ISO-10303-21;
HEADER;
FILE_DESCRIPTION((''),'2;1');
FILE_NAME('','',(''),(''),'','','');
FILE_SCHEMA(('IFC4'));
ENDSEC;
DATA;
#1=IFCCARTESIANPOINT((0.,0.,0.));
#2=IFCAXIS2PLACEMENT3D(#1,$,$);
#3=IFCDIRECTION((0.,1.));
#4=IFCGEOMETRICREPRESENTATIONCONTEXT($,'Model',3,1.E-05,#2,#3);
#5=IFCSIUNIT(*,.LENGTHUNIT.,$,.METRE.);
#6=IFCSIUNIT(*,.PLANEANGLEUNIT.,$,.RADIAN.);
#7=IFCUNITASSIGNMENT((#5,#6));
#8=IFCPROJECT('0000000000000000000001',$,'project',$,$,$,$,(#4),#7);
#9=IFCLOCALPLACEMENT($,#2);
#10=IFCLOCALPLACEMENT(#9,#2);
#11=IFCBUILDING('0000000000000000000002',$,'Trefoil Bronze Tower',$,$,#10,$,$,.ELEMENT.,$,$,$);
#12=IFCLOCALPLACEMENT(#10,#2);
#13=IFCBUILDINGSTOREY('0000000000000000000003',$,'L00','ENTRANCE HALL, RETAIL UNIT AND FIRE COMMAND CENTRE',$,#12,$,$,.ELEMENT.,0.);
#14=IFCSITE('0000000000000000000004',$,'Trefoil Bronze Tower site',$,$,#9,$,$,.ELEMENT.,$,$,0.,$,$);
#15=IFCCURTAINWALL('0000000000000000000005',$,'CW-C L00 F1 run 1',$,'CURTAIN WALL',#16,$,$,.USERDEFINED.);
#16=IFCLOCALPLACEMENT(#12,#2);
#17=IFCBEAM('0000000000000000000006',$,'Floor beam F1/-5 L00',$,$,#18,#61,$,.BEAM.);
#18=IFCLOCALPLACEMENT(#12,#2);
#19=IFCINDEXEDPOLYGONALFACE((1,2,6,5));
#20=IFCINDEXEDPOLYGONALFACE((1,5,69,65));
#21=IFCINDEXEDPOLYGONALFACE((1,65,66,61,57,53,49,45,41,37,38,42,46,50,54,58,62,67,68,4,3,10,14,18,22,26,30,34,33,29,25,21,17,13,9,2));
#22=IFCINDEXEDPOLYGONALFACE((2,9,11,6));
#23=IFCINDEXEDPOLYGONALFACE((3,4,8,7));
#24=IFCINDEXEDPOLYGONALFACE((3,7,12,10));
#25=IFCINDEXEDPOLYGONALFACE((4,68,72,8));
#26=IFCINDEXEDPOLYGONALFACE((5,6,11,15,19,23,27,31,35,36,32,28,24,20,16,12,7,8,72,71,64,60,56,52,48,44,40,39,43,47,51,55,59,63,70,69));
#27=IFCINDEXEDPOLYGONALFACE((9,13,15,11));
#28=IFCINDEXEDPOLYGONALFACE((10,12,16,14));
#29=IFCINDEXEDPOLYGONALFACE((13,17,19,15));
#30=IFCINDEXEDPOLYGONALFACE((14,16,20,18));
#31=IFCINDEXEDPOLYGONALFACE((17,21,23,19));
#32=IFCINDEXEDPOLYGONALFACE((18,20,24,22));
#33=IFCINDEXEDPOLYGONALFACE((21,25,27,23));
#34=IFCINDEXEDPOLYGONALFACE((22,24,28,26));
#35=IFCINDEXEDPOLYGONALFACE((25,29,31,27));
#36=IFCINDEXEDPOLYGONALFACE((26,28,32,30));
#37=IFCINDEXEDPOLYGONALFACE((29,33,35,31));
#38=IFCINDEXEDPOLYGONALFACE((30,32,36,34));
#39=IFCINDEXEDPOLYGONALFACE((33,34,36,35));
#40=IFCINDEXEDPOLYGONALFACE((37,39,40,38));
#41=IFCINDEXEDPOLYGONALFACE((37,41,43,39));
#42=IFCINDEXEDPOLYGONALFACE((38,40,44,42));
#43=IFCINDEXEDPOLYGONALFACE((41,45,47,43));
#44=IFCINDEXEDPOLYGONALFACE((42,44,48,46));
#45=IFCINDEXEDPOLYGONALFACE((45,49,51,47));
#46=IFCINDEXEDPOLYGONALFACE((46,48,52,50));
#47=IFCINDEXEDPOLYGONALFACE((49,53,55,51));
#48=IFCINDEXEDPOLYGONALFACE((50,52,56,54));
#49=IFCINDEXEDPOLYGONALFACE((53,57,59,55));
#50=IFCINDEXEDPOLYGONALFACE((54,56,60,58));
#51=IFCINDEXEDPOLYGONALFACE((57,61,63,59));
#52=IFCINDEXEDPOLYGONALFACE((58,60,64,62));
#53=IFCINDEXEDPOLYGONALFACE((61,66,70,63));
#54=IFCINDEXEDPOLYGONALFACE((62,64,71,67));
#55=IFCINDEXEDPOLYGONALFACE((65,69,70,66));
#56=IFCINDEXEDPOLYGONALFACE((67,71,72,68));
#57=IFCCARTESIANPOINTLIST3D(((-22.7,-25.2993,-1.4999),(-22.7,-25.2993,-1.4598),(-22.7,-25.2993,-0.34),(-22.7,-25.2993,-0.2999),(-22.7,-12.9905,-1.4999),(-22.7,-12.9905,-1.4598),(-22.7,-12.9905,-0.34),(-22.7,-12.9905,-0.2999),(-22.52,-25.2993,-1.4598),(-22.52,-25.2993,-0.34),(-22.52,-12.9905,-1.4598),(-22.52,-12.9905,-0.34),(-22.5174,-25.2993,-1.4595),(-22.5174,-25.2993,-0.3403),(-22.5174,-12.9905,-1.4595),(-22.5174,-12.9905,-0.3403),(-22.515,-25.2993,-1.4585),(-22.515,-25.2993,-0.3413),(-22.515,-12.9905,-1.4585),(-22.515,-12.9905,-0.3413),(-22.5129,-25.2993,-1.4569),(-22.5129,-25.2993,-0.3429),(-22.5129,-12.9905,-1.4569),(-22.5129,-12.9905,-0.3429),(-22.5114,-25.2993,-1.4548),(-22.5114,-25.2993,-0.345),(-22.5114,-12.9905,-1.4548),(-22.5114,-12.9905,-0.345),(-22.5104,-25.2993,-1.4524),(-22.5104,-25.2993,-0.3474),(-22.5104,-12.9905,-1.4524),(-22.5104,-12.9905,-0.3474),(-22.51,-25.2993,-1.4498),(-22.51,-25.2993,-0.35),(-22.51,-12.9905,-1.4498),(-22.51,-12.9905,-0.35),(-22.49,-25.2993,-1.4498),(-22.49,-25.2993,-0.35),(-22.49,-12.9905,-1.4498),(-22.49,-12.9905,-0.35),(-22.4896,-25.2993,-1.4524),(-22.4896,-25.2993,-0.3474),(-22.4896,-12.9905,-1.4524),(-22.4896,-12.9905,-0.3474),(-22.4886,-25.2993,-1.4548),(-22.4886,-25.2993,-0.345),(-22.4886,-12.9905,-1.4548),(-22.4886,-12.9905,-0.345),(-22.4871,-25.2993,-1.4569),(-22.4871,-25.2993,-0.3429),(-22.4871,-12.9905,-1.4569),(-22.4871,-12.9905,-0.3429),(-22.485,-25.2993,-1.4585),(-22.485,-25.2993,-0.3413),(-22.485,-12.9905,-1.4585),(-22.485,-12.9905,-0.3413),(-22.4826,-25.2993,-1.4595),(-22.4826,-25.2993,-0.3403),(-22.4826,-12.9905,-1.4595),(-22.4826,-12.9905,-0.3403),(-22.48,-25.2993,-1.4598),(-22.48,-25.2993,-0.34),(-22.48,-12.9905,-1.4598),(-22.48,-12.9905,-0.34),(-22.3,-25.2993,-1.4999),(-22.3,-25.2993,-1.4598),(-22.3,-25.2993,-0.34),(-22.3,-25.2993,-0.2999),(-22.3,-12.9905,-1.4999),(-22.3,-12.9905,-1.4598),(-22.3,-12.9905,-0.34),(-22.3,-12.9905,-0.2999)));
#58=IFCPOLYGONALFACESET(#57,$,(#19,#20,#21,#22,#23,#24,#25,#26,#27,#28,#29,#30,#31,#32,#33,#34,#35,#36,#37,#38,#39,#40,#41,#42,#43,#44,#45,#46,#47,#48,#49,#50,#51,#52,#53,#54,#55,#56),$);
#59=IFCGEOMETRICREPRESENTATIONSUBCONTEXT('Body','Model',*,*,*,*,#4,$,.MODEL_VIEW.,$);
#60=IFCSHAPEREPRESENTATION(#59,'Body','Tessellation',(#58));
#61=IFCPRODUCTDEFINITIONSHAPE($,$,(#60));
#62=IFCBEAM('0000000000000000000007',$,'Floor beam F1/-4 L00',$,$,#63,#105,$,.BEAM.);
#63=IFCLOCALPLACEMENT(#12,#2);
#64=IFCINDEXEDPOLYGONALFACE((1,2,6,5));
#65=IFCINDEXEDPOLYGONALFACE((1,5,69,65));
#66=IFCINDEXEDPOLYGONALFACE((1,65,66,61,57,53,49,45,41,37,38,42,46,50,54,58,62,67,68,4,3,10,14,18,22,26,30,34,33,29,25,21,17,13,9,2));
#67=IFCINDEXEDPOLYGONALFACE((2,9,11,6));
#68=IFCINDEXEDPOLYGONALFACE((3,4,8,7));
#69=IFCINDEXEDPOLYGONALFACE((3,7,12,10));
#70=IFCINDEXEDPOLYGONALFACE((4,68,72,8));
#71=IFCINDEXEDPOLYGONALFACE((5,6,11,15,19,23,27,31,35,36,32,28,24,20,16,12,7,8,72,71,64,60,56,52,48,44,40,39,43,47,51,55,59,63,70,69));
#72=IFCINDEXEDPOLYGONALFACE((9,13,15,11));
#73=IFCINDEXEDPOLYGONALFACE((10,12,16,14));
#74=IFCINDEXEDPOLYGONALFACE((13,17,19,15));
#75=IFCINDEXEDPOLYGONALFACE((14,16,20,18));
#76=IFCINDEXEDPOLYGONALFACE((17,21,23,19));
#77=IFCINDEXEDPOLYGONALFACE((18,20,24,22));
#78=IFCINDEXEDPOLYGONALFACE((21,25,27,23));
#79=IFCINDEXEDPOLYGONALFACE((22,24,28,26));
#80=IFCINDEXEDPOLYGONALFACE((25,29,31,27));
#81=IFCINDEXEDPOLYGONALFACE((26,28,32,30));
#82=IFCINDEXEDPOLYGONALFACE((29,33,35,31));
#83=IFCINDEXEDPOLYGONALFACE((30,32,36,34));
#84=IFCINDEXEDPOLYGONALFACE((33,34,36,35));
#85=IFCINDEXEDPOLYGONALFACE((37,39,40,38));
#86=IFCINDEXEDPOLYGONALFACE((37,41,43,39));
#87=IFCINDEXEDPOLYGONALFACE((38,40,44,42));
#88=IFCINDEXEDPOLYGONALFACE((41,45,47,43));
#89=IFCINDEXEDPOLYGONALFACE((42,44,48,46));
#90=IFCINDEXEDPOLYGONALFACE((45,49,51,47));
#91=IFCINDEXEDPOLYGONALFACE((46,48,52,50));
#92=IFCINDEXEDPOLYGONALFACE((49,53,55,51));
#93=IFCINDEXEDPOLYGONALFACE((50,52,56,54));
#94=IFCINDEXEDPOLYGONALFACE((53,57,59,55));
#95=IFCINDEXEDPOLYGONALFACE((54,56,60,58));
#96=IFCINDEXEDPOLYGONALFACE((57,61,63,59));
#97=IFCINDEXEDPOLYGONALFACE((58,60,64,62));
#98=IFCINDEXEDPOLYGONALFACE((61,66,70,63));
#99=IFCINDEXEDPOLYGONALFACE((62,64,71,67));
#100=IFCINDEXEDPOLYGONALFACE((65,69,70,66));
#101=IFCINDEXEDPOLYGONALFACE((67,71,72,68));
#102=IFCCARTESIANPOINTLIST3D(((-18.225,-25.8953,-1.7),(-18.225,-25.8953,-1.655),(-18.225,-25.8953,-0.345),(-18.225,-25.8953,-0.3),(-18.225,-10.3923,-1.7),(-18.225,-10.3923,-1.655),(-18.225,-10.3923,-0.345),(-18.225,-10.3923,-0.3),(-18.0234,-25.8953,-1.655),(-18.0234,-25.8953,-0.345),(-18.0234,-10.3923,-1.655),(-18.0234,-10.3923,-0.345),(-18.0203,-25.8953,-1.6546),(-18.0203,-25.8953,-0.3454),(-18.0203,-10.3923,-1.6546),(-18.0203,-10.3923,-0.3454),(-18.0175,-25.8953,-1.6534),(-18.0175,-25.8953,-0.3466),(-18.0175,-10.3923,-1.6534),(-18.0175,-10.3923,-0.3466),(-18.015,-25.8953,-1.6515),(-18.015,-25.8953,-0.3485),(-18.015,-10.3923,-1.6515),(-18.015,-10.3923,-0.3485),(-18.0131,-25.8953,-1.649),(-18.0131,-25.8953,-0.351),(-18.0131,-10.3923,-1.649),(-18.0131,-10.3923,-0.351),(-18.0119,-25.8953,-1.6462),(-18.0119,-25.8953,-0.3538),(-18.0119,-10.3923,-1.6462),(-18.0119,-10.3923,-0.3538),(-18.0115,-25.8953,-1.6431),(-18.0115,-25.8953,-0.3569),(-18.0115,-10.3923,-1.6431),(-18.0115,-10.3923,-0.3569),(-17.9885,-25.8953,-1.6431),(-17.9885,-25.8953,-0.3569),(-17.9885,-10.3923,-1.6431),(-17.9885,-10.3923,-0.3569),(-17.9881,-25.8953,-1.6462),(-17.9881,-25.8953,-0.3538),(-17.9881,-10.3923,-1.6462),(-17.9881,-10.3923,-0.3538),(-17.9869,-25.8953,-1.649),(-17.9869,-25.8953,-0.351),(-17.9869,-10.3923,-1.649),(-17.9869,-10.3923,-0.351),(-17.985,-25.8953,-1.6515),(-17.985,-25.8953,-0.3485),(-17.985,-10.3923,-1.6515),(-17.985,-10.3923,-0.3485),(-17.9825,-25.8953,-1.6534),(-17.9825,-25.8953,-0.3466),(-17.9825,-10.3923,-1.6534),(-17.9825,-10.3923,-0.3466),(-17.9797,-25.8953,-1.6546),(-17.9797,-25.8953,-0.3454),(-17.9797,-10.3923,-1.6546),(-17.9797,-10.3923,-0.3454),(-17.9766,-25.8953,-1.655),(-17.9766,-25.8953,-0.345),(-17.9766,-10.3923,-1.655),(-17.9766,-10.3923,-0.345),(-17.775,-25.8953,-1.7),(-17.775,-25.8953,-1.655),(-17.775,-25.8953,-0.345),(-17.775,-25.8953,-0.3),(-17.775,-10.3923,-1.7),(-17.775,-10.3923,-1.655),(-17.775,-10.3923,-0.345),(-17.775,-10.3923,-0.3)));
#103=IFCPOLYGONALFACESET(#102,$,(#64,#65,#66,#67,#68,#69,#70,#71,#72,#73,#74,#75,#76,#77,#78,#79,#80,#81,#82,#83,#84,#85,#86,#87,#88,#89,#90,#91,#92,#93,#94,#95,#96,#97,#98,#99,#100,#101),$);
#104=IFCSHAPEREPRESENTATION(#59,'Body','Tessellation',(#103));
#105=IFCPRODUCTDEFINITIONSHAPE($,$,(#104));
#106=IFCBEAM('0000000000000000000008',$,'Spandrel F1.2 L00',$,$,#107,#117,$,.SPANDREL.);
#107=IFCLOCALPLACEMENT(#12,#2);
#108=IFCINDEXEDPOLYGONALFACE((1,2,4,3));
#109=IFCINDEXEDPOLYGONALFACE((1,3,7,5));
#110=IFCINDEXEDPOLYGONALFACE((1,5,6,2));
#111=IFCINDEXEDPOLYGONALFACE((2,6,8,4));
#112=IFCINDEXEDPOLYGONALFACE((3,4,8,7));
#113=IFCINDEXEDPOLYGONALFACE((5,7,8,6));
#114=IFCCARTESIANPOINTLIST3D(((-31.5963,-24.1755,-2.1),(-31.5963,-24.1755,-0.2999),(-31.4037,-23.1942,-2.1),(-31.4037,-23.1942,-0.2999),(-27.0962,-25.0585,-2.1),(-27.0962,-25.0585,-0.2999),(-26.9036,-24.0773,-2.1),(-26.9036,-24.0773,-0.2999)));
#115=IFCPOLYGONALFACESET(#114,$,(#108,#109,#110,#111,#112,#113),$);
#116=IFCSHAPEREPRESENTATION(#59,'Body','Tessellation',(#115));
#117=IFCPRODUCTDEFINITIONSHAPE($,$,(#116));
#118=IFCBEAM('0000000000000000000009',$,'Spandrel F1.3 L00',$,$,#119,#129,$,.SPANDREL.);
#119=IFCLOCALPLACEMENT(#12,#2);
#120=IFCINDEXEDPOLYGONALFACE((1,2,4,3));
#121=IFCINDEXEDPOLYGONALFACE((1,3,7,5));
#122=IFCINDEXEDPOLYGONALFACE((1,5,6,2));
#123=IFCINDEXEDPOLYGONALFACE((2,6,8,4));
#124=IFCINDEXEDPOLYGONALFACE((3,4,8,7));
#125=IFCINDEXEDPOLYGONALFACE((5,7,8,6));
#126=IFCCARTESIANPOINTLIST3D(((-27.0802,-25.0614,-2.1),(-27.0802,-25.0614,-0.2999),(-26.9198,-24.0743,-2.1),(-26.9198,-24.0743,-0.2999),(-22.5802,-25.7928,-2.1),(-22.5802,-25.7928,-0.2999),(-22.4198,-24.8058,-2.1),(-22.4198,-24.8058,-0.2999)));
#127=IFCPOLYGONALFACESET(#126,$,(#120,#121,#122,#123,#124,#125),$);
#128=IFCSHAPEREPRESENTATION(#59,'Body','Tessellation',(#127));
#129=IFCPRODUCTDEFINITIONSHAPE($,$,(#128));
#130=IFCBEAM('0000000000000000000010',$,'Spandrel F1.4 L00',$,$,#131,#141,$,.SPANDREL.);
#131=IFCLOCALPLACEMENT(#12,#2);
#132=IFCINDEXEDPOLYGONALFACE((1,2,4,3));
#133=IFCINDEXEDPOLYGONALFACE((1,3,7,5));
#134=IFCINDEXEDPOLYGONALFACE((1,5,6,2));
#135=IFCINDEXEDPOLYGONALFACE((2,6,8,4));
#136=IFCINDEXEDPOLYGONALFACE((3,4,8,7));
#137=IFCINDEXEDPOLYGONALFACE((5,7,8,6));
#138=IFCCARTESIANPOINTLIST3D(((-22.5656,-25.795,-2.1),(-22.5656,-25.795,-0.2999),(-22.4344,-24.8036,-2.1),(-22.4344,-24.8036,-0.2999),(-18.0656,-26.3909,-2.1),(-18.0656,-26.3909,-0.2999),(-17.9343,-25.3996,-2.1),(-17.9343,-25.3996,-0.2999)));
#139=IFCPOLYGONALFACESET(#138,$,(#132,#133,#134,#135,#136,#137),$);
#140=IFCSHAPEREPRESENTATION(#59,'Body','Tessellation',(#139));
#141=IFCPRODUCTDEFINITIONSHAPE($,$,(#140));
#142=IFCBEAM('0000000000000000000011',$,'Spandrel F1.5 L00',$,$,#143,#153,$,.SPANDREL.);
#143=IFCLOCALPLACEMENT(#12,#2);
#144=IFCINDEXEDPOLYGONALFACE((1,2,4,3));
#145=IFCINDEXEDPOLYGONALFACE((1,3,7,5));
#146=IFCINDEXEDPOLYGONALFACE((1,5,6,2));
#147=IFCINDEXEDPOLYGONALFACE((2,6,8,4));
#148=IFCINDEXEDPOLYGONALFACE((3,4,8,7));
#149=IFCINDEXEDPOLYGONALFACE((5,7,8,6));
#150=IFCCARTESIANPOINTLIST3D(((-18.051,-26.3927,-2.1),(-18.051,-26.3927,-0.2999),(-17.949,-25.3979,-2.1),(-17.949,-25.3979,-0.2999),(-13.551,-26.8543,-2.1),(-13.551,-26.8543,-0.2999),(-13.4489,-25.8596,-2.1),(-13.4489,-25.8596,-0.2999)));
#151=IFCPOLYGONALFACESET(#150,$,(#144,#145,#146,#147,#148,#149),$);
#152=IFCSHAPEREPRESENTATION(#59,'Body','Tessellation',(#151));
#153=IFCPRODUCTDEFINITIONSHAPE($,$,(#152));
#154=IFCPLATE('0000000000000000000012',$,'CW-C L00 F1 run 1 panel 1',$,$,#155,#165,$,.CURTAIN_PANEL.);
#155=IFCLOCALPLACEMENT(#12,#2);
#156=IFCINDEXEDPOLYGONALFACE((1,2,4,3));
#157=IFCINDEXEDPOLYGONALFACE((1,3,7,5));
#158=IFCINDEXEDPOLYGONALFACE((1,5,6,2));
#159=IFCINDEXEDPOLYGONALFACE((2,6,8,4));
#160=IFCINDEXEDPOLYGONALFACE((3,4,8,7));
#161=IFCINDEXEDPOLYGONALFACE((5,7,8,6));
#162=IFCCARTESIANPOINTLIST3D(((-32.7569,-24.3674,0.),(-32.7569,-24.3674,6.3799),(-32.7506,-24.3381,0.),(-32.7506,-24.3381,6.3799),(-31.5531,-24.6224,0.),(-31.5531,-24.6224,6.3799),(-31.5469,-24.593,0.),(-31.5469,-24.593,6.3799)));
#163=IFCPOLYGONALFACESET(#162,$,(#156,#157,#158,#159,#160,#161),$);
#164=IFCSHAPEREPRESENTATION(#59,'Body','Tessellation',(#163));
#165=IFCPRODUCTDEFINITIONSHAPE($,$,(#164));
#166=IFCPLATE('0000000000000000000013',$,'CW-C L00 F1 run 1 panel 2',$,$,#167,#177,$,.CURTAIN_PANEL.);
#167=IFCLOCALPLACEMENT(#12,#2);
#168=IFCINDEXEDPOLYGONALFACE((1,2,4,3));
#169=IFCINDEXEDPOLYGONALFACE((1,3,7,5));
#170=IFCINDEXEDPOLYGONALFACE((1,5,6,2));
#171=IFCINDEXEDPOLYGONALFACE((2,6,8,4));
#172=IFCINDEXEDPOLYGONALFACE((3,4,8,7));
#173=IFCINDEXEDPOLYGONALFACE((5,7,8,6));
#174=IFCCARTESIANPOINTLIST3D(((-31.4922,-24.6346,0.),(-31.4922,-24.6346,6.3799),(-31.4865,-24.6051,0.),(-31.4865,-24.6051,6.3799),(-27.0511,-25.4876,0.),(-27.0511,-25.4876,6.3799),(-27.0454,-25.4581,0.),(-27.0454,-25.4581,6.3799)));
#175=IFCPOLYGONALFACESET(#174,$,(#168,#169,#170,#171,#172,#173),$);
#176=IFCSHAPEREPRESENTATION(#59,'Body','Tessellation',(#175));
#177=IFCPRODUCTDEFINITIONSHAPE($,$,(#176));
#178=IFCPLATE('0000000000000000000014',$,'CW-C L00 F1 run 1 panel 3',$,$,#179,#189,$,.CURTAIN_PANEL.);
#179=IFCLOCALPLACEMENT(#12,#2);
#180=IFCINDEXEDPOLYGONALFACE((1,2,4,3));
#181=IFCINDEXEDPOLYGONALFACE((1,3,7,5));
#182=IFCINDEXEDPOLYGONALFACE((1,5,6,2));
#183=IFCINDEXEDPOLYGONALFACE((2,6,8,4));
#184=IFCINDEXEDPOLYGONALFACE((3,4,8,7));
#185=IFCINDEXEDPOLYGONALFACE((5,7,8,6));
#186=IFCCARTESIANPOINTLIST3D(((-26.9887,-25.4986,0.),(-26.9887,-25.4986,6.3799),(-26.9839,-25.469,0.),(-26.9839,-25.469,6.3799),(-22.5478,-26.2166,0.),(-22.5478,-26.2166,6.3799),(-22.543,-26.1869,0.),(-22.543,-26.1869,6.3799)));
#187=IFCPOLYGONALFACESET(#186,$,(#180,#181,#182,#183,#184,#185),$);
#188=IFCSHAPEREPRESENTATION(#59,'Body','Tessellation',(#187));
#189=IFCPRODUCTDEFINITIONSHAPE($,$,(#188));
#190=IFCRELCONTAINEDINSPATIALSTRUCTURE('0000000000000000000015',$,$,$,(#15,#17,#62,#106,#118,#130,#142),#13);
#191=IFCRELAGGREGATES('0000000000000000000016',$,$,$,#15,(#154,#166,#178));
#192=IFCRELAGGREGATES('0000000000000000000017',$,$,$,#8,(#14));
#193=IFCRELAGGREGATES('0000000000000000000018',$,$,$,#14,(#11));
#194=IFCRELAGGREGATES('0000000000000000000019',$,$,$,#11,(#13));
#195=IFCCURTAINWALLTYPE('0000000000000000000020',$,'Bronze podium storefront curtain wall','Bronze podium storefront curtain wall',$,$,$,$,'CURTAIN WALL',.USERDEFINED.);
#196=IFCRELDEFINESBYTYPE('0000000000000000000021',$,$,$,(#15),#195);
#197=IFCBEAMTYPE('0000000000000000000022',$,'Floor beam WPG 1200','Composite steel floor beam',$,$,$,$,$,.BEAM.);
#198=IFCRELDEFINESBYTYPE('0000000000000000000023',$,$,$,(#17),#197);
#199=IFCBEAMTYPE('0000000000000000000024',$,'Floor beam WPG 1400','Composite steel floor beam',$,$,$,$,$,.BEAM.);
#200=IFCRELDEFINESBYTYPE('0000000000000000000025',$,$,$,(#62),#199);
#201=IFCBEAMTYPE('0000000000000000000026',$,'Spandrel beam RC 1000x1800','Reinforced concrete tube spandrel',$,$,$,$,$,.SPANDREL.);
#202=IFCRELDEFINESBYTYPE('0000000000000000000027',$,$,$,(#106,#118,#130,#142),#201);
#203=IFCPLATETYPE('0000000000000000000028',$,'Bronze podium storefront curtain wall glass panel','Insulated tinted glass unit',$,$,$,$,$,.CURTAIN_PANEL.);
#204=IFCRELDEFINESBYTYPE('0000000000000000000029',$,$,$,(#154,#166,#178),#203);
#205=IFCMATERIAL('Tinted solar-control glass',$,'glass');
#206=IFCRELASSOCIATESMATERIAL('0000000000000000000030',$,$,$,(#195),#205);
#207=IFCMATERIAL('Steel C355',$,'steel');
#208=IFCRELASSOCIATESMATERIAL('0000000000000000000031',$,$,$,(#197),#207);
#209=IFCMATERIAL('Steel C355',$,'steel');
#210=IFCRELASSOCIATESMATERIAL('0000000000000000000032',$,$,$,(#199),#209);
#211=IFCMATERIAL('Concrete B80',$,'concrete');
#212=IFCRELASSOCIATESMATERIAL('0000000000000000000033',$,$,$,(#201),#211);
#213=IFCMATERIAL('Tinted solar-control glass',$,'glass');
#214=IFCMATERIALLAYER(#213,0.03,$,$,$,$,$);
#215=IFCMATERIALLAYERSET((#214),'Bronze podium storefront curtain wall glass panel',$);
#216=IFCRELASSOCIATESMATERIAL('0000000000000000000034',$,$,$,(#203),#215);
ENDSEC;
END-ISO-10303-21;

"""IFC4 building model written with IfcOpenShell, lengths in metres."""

from ifc_helpers import new_model, si_unit, direction, frame, origin, origin_2d, place, context, subcontext, project, spatial, rectangle, i_section, extrude, material, layer, layer_set, material_profile, profile_set, type_object, element, aggregate, save


model = new_model("IFC4")

# Units and contexts
model_context = context("Model", 3, precision=1e-05, world=origin(), true_north=direction((0.0, 1.0)))
body_context = subcontext(model_context, "Body", "Model", "MODEL_VIEW")
ifc_project = project(units=[si_unit("LENGTHUNIT", "METRE"), si_unit("PLANEANGLEUNIT", "RADIAN")], contexts=[model_context])

# Site, building, storey
site_placement = place(None, origin())
site = spatial("IfcSite", under=ifc_project, at=site_placement, Name="Trefoil Bronze Tower site", CompositionType="ELEMENT", RefElevation=0.0)
building_placement = place(site_placement, origin())
building = spatial("IfcBuilding", under=site, at=building_placement, Name="Trefoil Bronze Tower", CompositionType="ELEMENT")
storey_placement = place(building_placement, origin())
storey = spatial("IfcBuildingStorey", under=building, at=storey_placement, Name="L00", Description="ENTRANCE HALL, RETAIL UNIT AND FIRE COMMAND CENTRE", CompositionType="ELEMENT", Elevation=0.0)

# Curtain wall
ifc_material_1 = material(Name="Tinted solar-control glass", Category="glass")
curtain_wall_type_1 = type_object("IfcCurtainWallType", Name="Bronze podium storefront curtain wall", Description="Bronze podium storefront curtain wall", ElementType="CURTAIN WALL", PredefinedType="USERDEFINED", material=ifc_material_1)
curtain_wall_1_placement = place(storey_placement, origin())
curtain_wall_1 = element("IfcCurtainWall", 1, at=curtain_wall_1_placement, inside=storey, type_object=curtain_wall_type_1, Name="CW-C L00 F1 run 1", ObjectType="CURTAIN WALL", PredefinedType="USERDEFINED")

# Beams
ifc_material_2 = material(Name="Steel C355", Category="steel")
ifc_material_profile_1 = material_profile(ifc_material_2, i_section(OverallWidth=0.3999, OverallDepth=1.2, WebThickness=0.02, FlangeThickness=0.04, FilletRadius=0.01, at=origin_2d()), Name="WPG 1200")
ifc_profile_set_1 = profile_set([ifc_material_profile_1], Name="Steel C355")
beam_type_1 = type_object("IfcBeamType", Name="Floor beam WPG 1200", Description="Composite steel floor beam", PredefinedType="BEAM", material=ifc_profile_set_1)
beam_1_placement = place(storey_placement, frame((-22.5, -25.2993, -0.8999), z_axis=(0.0, 1.0, 0.0), x_axis=(-1.0, 0.0, 0.0)))
element("IfcBeam", 2, at=beam_1_placement, inside=storey, type_object=beam_type_1, Name="Floor beam F1/-5 L00", PredefinedType="BEAM", context=body_context, shape_type="SweptSolid", body=[
    extrude(i_section(OverallWidth=0.3999, OverallDepth=1.2, WebThickness=0.02, FlangeThickness=0.04, FilletRadius=0.01, at=origin_2d()), origin(), (0.0, 0.0, 1.0), 12.3088),
])
ifc_material_3 = material(Name="Steel C355", Category="steel")
ifc_material_profile_2 = material_profile(ifc_material_3, i_section(OverallWidth=0.45, OverallDepth=1.3999, WebThickness=0.0229, FlangeThickness=0.0449, FilletRadius=0.012, at=origin_2d()), Name="WPG 1400")
ifc_profile_set_2 = profile_set([ifc_material_profile_2], Name="Steel C355")
beam_type_2 = type_object("IfcBeamType", Name="Floor beam WPG 1400", Description="Composite steel floor beam", PredefinedType="BEAM", material=ifc_profile_set_2)
beam_2_placement = place(storey_placement, frame((-18.0, -25.8953, -1.0), z_axis=(0.0, 1.0, 0.0), x_axis=(-1.0, 0.0, 0.0)))
element("IfcBeam", 3, at=beam_2_placement, inside=storey, type_object=beam_type_2, Name="Floor beam F1/-4 L00", PredefinedType="BEAM", context=body_context, shape_type="SweptSolid", body=[
    extrude(i_section(OverallWidth=0.45, OverallDepth=1.3999, WebThickness=0.0229, FlangeThickness=0.0449, FilletRadius=0.012, at=origin_2d()), origin(), (0.0, 0.0, 1.0), 15.5029),
])
ifc_material_4 = material(Name="Concrete B80", Category="concrete")
ifc_material_profile_3 = material_profile(ifc_material_4, rectangle(XDim=1.0, YDim=1.8, at=origin_2d()), Name="RC 1000x1800")
ifc_profile_set_3 = profile_set([ifc_material_profile_3], Name="Concrete B80")
beam_type_3 = type_object("IfcBeamType", Name="Spandrel beam RC 1000x1800", Description="Reinforced concrete tube spandrel", PredefinedType="SPANDREL", material=ifc_profile_set_3)
beam_3_placement = place(storey_placement, frame((-31.5, -23.6848, -1.2), z_axis=(0.981285, -0.192562, 0.0), x_axis=(0.192562, 0.981285, 0.0)))
element("IfcBeam", 4, at=beam_3_placement, inside=storey, type_object=beam_type_3, Name="Spandrel F1.2 L00", PredefinedType="SPANDREL", context=body_context, shape_type="SweptSolid", body=[
    extrude(rectangle(XDim=1.0, YDim=1.8, at=origin_2d()), origin(), (0.0, 0.0, 1.0), 4.5859),
])
beam_4_placement = place(storey_placement, frame((-27.0, -24.5679, -1.2), z_axis=(0.987046, -0.160438, 0.0), x_axis=(0.160438, 0.987046, 0.0)))
element("IfcBeam", 5, at=beam_4_placement, inside=storey, type_object=beam_type_3, Name="Spandrel F1.3 L00", PredefinedType="SPANDREL", context=body_context, shape_type="SweptSolid", body=[
    extrude(rectangle(XDim=1.0, YDim=1.8, at=origin_2d()), origin(), (0.0, 0.0, 1.0), 4.5591),
])
beam_5_placement = place(storey_placement, frame((-22.5, -25.2993, -1.2), z_axis=(0.991344, -0.131286, 0.0), x_axis=(0.131286, 0.991344, 0.0)))
element("IfcBeam", 6, at=beam_5_placement, inside=storey, type_object=beam_type_3, Name="Spandrel F1.4 L00", PredefinedType="SPANDREL", context=body_context, shape_type="SweptSolid", body=[
    extrude(rectangle(XDim=1.0, YDim=1.8, at=origin_2d()), origin(), (0.0, 0.0, 1.0), 4.5393),
])
beam_6_placement = place(storey_placement, frame((-18.0, -25.8953, -1.2), z_axis=(0.994778, -0.102058, 0.0), x_axis=(0.102058, 0.994778, 0.0)))
element("IfcBeam", 7, at=beam_6_placement, inside=storey, type_object=beam_type_3, Name="Spandrel F1.5 L00", PredefinedType="SPANDREL", context=body_context, shape_type="SweptSolid", body=[
    extrude(rectangle(XDim=1.0, YDim=1.8, at=origin_2d()), origin(), (0.0, 0.0, 1.0), 4.5237),
])

# Plates
ifc_material_5 = material(Name="Tinted solar-control glass", Category="glass")
ifc_layer_1 = layer(ifc_material_5, 0.03)
ifc_layer_set_1 = layer_set([ifc_layer_1], Name="Bronze podium storefront curtain wall glass panel")
plate_type_1 = type_object("IfcPlateType", Name="Bronze podium storefront curtain wall glass panel", Description="Insulated tinted glass unit", PredefinedType="CURTAIN_PANEL", material=ifc_layer_set_1)
plate_1_placement = place(storey_placement, frame((-32.1519, -24.4802, 0.0), z_axis=(0.0, 0.0, 1.0), x_axis=(0.978303, -0.207181, 0.0)))
plate_1 = element("IfcPlate", 8, at=plate_1_placement, type_object=plate_type_1, Name="CW-C L00 F1 run 1 panel 1", PredefinedType="CURTAIN_PANEL", context=body_context, shape_type="SweptSolid", body=[
    extrude(rectangle(XDim=1.2305, YDim=0.03, at=origin_2d()), origin(), (0.0, 0.0, 1.0), 6.3799),
])
plate_2_placement = place(storey_placement, frame((-29.2688, -25.0464, 0.0), z_axis=(0.0, 0.0, 1.0), x_axis=(0.98205, -0.188622, 0.0)))
plate_2 = element("IfcPlate", 9, at=plate_2_placement, type_object=plate_type_1, Name="CW-C L00 F1 run 1 panel 2", PredefinedType="CURTAIN_PANEL", context=body_context, shape_type="SweptSolid", body=[
    extrude(rectangle(XDim=4.5222, YDim=0.03, at=origin_2d()), origin(), (0.0, 0.0, 1.0), 6.3799),
])
plate_3_placement = place(storey_placement, frame((-24.7659, -25.8428, 0.0), z_axis=(0.0, 0.0, 1.0), x_axis=(0.987181, -0.159603, 0.0)))
plate_3 = element("IfcPlate", 10, at=plate_3_placement, type_object=plate_type_1, Name="CW-C L00 F1 run 1 panel 3", PredefinedType="CURTAIN_PANEL", context=body_context, shape_type="SweptSolid", body=[
    extrude(rectangle(XDim=4.4985, YDim=0.03, at=origin_2d()), origin(), (0.0, 0.0, 1.0), 6.3799),
])
aggregate(curtain_wall_1, [plate_1, plate_2, plate_3])

save(model, "model.ifc")
